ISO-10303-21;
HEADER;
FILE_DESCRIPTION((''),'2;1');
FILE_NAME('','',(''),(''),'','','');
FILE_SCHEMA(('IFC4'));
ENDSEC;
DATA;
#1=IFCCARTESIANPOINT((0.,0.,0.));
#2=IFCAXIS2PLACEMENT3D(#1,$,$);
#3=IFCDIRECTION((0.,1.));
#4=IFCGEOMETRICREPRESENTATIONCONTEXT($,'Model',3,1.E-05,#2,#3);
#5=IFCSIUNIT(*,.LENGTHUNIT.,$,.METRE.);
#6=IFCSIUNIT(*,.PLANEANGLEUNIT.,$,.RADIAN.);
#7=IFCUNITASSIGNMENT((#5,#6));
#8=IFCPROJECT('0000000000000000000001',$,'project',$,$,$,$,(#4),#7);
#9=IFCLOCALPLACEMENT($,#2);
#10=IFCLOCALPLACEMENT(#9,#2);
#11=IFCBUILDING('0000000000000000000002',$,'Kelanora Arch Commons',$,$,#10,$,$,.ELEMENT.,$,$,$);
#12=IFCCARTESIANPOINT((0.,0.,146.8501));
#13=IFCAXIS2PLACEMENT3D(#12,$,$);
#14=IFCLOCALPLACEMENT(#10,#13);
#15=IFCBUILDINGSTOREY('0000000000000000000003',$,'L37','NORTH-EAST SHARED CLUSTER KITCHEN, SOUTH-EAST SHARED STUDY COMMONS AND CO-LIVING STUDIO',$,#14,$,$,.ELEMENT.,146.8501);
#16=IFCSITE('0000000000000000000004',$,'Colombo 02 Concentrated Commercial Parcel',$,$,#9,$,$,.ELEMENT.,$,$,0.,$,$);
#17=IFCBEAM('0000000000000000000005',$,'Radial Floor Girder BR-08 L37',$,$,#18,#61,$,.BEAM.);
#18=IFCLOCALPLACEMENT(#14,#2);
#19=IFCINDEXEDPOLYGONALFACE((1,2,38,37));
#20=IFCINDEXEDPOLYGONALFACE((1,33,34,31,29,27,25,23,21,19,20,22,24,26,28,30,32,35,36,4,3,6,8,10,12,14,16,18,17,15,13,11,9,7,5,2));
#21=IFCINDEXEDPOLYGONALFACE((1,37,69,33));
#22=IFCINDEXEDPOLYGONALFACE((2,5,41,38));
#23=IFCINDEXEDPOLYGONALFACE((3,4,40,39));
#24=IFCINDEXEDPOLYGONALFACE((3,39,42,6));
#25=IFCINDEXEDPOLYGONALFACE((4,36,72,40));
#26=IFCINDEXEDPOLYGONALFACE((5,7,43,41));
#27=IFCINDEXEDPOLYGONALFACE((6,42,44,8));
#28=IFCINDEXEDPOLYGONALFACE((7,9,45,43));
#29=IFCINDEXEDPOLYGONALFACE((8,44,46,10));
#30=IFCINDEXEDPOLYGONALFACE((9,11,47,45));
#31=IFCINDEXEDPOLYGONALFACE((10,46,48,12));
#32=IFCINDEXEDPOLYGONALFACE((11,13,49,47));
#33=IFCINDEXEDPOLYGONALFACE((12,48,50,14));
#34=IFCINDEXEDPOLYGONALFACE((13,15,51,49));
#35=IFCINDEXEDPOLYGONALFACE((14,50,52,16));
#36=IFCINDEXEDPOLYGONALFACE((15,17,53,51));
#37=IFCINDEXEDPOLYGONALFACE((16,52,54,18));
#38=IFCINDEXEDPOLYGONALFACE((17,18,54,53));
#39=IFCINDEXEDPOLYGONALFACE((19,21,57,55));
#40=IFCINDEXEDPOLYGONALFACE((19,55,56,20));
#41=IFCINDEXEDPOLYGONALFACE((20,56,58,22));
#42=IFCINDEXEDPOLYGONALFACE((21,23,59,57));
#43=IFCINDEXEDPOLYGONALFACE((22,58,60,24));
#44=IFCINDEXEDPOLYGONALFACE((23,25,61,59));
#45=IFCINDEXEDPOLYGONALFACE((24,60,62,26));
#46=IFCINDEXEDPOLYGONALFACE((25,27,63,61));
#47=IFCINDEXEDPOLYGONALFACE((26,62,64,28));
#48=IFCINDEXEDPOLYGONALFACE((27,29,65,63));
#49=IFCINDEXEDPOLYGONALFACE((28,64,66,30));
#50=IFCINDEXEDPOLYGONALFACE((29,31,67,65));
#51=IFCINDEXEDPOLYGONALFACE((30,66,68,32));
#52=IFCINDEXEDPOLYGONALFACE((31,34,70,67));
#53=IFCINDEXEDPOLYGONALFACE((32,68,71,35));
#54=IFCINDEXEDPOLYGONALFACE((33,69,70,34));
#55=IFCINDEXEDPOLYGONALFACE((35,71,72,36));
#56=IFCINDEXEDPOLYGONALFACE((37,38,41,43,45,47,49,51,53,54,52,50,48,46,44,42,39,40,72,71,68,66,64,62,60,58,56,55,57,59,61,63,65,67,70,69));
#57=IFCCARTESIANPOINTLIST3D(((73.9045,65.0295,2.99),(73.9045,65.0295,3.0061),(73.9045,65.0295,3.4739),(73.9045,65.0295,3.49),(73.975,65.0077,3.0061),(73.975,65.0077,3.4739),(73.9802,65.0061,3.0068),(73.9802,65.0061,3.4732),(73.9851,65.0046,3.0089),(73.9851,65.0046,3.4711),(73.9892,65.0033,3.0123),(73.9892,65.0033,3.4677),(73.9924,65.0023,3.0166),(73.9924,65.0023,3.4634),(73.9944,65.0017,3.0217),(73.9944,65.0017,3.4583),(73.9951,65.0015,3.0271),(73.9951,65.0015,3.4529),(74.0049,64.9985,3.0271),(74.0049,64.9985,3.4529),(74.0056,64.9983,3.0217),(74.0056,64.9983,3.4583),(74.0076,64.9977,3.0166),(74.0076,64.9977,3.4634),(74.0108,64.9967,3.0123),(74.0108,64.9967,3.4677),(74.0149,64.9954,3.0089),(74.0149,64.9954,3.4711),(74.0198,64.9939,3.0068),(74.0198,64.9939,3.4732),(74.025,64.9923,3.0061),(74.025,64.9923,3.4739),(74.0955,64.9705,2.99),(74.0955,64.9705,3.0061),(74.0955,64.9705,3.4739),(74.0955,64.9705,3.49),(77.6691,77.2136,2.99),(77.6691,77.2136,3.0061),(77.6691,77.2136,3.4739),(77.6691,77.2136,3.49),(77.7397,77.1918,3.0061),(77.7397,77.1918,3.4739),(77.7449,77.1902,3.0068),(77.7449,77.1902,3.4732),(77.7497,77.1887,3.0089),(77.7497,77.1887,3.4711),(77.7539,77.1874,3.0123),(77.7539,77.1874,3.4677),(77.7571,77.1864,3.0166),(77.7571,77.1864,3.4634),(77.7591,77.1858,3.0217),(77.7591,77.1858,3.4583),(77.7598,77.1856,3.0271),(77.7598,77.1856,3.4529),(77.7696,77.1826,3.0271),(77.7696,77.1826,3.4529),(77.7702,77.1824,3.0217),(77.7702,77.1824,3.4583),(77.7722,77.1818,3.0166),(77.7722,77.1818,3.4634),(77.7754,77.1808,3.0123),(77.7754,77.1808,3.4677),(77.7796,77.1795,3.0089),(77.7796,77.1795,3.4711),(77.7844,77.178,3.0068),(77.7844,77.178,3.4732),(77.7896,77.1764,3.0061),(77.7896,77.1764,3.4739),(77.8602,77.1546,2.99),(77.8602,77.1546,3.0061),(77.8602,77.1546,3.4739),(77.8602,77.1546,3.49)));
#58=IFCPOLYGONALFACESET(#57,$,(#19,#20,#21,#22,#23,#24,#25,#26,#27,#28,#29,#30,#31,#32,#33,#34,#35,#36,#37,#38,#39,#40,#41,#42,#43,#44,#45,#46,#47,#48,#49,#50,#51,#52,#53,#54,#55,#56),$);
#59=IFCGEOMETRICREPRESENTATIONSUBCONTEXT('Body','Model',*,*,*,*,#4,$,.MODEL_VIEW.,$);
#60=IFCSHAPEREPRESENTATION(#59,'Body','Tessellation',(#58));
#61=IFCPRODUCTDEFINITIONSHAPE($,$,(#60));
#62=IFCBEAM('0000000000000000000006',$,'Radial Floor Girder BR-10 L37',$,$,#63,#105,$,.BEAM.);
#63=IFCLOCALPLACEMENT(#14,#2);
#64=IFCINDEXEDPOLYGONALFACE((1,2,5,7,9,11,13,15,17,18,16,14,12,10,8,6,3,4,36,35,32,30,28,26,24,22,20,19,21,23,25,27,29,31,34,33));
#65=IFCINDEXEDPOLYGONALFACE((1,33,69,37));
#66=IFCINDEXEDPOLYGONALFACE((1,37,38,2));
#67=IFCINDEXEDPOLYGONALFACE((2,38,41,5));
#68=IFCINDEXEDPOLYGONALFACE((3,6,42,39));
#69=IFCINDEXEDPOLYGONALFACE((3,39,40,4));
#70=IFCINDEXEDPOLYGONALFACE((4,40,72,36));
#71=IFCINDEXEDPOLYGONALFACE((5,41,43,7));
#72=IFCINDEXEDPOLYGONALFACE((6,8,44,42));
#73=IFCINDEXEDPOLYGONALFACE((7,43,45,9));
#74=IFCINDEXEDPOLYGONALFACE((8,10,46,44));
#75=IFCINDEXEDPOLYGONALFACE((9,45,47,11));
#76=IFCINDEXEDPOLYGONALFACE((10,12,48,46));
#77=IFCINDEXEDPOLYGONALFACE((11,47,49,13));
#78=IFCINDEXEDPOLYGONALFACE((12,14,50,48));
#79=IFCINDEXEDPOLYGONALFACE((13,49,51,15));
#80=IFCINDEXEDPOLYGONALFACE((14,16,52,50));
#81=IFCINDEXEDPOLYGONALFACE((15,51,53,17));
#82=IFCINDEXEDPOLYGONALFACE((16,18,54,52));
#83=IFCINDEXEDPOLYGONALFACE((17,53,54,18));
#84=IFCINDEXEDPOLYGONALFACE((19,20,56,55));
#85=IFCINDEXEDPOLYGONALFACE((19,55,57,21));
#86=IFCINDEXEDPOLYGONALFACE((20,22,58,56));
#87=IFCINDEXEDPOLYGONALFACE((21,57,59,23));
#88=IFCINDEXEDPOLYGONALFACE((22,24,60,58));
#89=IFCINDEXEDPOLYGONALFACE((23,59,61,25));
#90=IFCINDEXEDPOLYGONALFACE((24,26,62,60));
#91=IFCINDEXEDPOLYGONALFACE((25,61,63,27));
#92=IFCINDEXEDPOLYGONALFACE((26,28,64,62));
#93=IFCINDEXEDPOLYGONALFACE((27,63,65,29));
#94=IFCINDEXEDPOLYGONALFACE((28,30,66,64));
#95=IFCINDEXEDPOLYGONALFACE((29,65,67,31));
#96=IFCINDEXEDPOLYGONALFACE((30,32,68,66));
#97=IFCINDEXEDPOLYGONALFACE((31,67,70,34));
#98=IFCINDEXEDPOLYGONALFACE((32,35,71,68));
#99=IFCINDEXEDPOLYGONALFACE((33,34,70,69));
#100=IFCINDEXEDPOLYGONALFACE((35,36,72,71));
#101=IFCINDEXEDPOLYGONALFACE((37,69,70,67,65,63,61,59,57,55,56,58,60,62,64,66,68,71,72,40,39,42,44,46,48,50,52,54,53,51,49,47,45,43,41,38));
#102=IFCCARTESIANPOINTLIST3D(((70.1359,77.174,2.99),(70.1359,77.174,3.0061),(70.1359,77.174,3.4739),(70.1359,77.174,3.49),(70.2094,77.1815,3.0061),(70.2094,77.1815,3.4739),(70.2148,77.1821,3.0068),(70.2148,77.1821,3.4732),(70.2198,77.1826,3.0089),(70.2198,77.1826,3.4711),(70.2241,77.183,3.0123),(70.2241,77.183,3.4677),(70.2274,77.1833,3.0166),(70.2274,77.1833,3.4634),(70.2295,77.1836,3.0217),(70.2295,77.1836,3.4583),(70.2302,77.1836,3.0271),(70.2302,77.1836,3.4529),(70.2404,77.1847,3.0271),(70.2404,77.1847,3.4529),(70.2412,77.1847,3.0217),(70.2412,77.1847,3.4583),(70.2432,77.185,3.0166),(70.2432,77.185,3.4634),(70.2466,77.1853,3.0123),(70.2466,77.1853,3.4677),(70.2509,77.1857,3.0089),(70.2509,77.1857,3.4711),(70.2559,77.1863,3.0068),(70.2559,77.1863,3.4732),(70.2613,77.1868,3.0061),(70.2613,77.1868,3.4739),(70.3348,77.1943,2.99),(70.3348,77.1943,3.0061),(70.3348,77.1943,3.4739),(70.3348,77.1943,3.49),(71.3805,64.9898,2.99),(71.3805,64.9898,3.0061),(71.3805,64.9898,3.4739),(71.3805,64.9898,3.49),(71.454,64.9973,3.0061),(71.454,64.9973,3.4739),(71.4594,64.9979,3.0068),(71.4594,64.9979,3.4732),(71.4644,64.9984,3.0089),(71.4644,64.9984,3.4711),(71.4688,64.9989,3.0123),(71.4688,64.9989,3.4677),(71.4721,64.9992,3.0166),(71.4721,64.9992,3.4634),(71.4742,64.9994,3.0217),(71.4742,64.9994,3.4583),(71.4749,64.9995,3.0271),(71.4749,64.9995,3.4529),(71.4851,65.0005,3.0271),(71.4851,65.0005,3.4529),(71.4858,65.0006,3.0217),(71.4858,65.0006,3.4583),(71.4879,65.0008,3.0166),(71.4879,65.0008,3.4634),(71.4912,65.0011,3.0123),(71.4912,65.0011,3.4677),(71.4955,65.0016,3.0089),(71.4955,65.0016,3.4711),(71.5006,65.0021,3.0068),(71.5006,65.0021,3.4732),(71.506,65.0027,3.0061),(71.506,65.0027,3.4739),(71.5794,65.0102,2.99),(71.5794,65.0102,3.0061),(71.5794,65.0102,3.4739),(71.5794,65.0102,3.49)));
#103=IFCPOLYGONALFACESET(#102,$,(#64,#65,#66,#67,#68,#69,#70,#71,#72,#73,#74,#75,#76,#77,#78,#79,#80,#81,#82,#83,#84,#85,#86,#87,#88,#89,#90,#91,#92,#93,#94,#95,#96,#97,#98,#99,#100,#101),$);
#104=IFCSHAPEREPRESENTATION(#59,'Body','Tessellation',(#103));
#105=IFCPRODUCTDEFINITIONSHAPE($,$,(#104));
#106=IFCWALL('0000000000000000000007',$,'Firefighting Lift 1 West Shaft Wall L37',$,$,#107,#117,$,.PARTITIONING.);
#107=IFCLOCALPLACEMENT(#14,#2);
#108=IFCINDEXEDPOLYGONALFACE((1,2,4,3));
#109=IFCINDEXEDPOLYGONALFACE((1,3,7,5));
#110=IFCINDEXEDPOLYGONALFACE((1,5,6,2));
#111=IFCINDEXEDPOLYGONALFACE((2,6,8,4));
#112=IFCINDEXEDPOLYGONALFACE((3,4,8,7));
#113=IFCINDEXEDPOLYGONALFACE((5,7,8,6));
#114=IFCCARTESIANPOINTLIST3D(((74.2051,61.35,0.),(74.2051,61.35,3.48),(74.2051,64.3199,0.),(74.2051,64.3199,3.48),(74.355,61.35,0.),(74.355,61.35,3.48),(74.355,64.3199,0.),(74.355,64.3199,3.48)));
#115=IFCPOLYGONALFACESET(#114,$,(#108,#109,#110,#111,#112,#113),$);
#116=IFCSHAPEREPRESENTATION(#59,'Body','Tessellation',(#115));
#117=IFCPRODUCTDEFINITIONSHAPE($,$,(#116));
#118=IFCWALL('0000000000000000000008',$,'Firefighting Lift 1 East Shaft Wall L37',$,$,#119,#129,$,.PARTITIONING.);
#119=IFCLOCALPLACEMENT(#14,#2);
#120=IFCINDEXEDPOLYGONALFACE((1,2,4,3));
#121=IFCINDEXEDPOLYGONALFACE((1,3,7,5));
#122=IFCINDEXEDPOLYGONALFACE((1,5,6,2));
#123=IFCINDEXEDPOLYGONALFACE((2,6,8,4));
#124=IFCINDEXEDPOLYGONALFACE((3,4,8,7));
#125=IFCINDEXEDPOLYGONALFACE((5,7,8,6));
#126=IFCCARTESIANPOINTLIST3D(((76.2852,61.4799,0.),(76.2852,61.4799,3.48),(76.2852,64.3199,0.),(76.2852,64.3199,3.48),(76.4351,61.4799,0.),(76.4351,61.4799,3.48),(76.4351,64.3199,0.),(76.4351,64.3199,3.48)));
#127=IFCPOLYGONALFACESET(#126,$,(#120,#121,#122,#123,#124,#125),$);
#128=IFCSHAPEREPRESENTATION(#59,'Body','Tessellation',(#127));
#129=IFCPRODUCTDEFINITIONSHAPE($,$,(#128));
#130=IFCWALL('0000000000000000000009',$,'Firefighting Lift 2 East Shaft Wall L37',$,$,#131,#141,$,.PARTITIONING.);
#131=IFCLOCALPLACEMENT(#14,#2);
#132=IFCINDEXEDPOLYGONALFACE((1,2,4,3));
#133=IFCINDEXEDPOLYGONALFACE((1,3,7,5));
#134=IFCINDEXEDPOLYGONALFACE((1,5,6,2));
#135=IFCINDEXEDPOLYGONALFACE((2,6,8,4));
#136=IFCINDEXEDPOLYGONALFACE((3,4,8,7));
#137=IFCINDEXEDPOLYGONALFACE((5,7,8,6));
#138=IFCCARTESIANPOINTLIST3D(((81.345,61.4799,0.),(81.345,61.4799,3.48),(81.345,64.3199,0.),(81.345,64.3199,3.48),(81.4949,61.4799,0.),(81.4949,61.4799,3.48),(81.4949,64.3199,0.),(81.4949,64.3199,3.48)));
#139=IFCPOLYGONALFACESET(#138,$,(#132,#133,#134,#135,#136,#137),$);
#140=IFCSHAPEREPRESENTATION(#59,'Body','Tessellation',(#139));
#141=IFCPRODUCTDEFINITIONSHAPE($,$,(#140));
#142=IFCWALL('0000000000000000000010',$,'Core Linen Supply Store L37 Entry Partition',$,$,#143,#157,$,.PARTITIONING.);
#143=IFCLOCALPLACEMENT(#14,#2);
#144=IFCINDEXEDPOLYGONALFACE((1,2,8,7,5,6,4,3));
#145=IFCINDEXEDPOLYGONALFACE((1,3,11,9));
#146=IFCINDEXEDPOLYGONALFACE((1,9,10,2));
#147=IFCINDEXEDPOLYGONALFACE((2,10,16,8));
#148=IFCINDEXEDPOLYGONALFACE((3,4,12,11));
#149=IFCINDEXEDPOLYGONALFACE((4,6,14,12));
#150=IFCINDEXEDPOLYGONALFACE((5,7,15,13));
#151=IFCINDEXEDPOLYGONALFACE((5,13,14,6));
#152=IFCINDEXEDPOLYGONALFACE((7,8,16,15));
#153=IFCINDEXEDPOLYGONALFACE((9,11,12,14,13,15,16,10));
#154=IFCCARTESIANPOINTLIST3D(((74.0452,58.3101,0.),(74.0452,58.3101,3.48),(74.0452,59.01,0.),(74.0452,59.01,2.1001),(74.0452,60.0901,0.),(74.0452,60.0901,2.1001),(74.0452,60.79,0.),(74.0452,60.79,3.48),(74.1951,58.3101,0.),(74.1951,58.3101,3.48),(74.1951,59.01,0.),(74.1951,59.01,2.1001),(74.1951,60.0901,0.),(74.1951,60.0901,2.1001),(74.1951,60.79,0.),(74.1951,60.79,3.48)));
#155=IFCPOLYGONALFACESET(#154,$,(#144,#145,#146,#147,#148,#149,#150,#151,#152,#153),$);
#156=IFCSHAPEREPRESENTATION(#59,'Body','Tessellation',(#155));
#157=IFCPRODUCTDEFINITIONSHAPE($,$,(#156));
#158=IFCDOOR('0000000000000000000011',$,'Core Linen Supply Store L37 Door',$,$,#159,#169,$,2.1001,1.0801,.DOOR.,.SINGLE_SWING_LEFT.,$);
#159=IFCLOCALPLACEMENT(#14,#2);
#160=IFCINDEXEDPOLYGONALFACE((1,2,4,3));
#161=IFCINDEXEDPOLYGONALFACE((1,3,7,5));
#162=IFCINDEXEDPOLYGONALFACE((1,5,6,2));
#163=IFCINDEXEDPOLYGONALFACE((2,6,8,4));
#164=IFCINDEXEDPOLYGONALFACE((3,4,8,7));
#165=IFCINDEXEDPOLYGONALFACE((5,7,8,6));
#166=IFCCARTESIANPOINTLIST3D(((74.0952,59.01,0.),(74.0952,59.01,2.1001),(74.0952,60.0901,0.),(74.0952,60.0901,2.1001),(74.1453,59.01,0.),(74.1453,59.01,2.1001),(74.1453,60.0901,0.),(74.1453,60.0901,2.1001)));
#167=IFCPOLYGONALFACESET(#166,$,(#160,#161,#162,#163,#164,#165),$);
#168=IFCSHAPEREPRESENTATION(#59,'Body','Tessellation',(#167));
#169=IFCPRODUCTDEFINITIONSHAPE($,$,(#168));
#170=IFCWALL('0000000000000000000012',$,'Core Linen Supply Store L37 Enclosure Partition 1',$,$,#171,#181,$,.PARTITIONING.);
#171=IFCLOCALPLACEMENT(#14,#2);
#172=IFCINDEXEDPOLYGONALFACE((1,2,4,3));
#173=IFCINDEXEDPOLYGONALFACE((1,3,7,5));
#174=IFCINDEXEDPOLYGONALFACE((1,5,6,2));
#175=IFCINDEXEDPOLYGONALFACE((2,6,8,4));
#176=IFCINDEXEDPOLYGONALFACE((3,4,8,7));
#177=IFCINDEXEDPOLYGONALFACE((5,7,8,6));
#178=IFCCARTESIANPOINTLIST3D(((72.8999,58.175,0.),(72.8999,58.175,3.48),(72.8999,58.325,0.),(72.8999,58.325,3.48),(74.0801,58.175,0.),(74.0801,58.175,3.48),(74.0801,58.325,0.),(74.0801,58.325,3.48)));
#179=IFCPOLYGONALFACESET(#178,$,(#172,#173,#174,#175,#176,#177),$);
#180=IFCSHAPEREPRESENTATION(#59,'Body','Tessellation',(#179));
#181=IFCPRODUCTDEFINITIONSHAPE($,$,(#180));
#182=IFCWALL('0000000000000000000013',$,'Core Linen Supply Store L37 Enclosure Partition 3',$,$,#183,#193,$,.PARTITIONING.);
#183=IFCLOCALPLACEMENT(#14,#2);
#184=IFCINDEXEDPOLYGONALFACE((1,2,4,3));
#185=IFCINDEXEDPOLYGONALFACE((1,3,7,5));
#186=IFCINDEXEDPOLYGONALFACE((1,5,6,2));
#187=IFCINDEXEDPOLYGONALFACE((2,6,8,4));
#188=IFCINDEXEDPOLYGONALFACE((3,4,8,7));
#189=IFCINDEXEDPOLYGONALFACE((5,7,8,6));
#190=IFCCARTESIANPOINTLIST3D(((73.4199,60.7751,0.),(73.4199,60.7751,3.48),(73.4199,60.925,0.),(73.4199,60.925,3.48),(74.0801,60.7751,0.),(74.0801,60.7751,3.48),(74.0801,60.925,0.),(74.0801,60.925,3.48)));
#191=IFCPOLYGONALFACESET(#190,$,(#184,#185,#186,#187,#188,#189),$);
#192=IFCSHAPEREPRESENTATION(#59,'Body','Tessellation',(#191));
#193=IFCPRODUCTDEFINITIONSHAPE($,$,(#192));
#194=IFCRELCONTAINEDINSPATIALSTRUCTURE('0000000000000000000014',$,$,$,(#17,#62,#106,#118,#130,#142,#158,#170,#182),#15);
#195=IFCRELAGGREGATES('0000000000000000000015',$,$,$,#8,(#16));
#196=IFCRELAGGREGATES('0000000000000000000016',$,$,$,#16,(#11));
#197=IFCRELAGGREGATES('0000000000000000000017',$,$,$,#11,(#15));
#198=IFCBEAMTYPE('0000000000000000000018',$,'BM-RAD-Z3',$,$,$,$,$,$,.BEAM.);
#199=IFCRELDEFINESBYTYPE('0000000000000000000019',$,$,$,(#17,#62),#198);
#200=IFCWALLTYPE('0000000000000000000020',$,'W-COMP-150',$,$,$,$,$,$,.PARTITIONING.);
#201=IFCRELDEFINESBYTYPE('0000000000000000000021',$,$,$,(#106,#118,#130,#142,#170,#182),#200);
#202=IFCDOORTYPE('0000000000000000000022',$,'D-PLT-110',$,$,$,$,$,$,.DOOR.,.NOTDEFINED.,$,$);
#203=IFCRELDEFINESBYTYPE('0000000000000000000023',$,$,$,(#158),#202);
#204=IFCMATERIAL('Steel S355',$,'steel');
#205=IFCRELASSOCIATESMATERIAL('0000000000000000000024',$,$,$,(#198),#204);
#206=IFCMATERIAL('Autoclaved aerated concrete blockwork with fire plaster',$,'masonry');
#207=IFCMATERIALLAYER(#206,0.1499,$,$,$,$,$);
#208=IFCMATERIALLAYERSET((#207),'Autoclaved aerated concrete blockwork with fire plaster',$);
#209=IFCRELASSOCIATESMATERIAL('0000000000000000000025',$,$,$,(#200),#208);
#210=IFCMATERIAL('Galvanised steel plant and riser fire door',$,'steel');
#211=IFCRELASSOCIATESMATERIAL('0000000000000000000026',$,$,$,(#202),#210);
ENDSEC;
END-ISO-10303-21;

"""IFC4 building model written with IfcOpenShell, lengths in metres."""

from ifc_helpers import new_model, si_unit, direction, frame, frame_2d, origin, origin_2d, place, context, subcontext, project, spatial, rectangle, i_section, extrude, material, layer, layer_set, material_profile, profile_set, type_object, element, fill, save


model = new_model("IFC4")

# Units and contexts
model_context = context("Model", 3, precision=1e-05, world=origin(), true_north=direction((0.0, 1.0)))
body_context = subcontext(model_context, "Body", "Model", "MODEL_VIEW")
ifc_project = project(units=[si_unit("LENGTHUNIT", "METRE"), si_unit("PLANEANGLEUNIT", "RADIAN")], contexts=[model_context])

# Site, building, storey
site_placement = place(None, origin())
site = spatial("IfcSite", under=ifc_project, at=site_placement, Name="Colombo 02 Concentrated Commercial Parcel", CompositionType="ELEMENT", RefElevation=0.0)
building_placement = place(site_placement, origin())
building = spatial("IfcBuilding", under=site, at=building_placement, Name="Kelanora Arch Commons", CompositionType="ELEMENT")
storey_placement = place(building_placement, frame((0.0, 0.0, 146.8501)))
storey = spatial("IfcBuildingStorey", under=building, at=storey_placement, Name="L37", Description="NORTH-EAST SHARED CLUSTER KITCHEN, SOUTH-EAST SHARED STUDY COMMONS AND CO-LIVING STUDIO", CompositionType="ELEMENT", Elevation=146.8501)

# Beams
ifc_material_1 = material(Name="Steel S355", Category="steel")
ifc_material_profile_1 = material_profile(ifc_material_1, i_section(OverallWidth=0.2, OverallDepth=0.5, WebThickness=0.0103, FlangeThickness=0.0161, FilletRadius=0.021, at=origin_2d()), Name="IPE500")
ifc_profile_set_1 = profile_set([ifc_material_profile_1], Name="Steel S355")
beam_type_1 = type_object("IfcBeamType", Name="BM-RAD-Z3", PredefinedType="BEAM", material=ifc_profile_set_1)
beam_1_placement = place(storey_placement, frame((74.0, 65.0, 3.24), z_axis=(0.29521, 0.955432, 0.0), x_axis=(-0.955432, 0.29521, 0.0)))
element("IfcBeam", 1, at=beam_1_placement, inside=storey, type_object=beam_type_1, Name="Radial Floor Girder BR-08 L37", PredefinedType="BEAM", context=body_context, shape_type="SweptSolid", body=[
    extrude(i_section(OverallWidth=0.2, OverallDepth=0.5, WebThickness=0.0103, FlangeThickness=0.0161, FilletRadius=0.021, at=origin_2d()), origin(), (0.0, 0.0, 1.0), 12.7524),
])
beam_2_placement = place(storey_placement, frame((71.48, 65.0, 3.24), z_axis=(-0.101623, 0.994823, 0.0), x_axis=(-0.994823, -0.101623, 0.0)))
element("IfcBeam", 2, at=beam_2_placement, inside=storey, type_object=beam_type_1, Name="Radial Floor Girder BR-10 L37", PredefinedType="BEAM", context=body_context, shape_type="SweptSolid", body=[
    extrude(i_section(OverallWidth=0.2, OverallDepth=0.5, WebThickness=0.0103, FlangeThickness=0.0161, FilletRadius=0.021, at=origin_2d()), origin(), (0.0, 0.0, 1.0), 12.2476),
])

# Walls
ifc_material_2 = material(Name="Autoclaved aerated concrete blockwork with fire plaster", Category="masonry")
ifc_layer_1 = layer(ifc_material_2, 0.1499)
ifc_layer_set_1 = layer_set([ifc_layer_1], Name="Autoclaved aerated concrete blockwork with fire plaster")
wall_type_1 = type_object("IfcWallType", Name="W-COMP-150", PredefinedType="PARTITIONING", material=ifc_layer_set_1)
wall_1_placement = place(storey_placement, frame((74.28, 61.3501, 0.0), z_axis=(0.0, 0.0, 1.0), x_axis=(0.0, 1.0, 0.0)))
element("IfcWall", 3, at=wall_1_placement, inside=storey, type_object=wall_type_1, Name="Firefighting Lift 1 West Shaft Wall L37", PredefinedType="PARTITIONING", context=body_context, shape_type="SweptSolid", body=[
    extrude(rectangle(XDim=2.97, YDim=0.1499, at=frame_2d((1.4849, 0.0))), origin(), (0.0, 0.0, 1.0), 3.48),
])
for number, where, z_axis, x_axis, name in (
    (4, (76.3601, 61.48, 0.0), (0.0, 0.0, 1.0), (0.0, 1.0, 0.0), "Firefighting Lift 1 East Shaft Wall L37"),
    (5, (81.4199, 61.48, 0.0), (0.0, 0.0, 1.0), (0.0, 1.0, 0.0), "Firefighting Lift 2 East Shaft Wall L37"),
):
    element("IfcWall", number, at=place(storey_placement, frame(where, z_axis=z_axis, x_axis=x_axis)), inside=storey, type_object=wall_type_1, Name=name, PredefinedType="PARTITIONING", context=body_context, shape_type="SweptSolid", body=[
        extrude(rectangle(XDim=2.8401, YDim=0.1499, at=frame_2d((1.4199, 0.0))), origin(), (0.0, 0.0, 1.0), 3.48),
    ])

# Wall, opening, door
wall_2_placement = place(storey_placement, frame((74.1201, 58.3101, 0.0), z_axis=(0.0, 0.0, 1.0), x_axis=(0.0, 1.0, 0.0)))
wall_2 = element("IfcWall", 6, at=wall_2_placement, inside=storey, type_object=wall_type_1, Name="Core Linen Supply Store L37 Entry Partition", PredefinedType="PARTITIONING", context=body_context, shape_type="SweptSolid", body=[
    extrude(rectangle(XDim=2.48, YDim=0.1499, at=frame_2d((1.24, 0.0))), origin(), (0.0, 0.0, 1.0), 3.48),
])
opening_1_placement = place(wall_2_placement, frame((0.7, 0.0, 0.0)))
opening_1 = element("IfcOpeningElement", 7, at=opening_1_placement, cuts=wall_2, PredefinedType="OPENING", context=body_context, shape_type="SweptSolid", body=[
    extrude(rectangle(XDim=1.0801, YDim=2.1001, at=frame_2d((0.54, 1.05))), frame((0.0, 0.085, 0.0), z_axis=(0.0, -1.0, 0.0), x_axis=(1.0, 0.0, 0.0)), (0.0, 0.0, 1.0), 0.1699),
])
ifc_material_3 = material(Name="Galvanised steel plant and riser fire door", Category="steel")
door_type_1 = type_object("IfcDoorType", Name="D-PLT-110", OperationType="NOTDEFINED", PredefinedType="DOOR", material=ifc_material_3)
door_1_placement = place(opening_1_placement, origin())
door_1 = element("IfcDoor", 8, at=door_1_placement, inside=storey, type_object=door_type_1, Name="Core Linen Supply Store L37 Door", OperationType="SINGLE_SWING_LEFT", OverallHeight=2.1001, OverallWidth=1.0801, PredefinedType="DOOR", context=body_context, shape_type="SweptSolid", body=[
    extrude(rectangle(XDim=1.0801, YDim=2.1001, at=frame_2d((0.54, 1.05))), frame((0.0, 0.0249, 0.0), z_axis=(0.0, -1.0, 0.0), x_axis=(1.0, 0.0, 0.0)), (0.0, 0.0, 1.0), 0.05),
])
fill(opening_1, door_1)

# Walls
wall_3_placement = place(storey_placement, frame((72.8999, 58.25, 0.0), z_axis=(0.0, 0.0, 1.0), x_axis=(1.0, 0.0, 0.0)))
element("IfcWall", 9, at=wall_3_placement, inside=storey, type_object=wall_type_1, Name="Core Linen Supply Store L37 Enclosure Partition 1", PredefinedType="PARTITIONING", context=body_context, shape_type="SweptSolid", body=[
    extrude(rectangle(XDim=1.1802, YDim=0.1499, at=frame_2d((0.5901, 0.0))), origin(), (0.0, 0.0, 1.0), 3.48),
])
wall_4_placement = place(storey_placement, frame((74.0801, 60.8501, 0.0), z_axis=(0.0, 0.0, 1.0), x_axis=(-1.0, 0.0, 0.0)))
element("IfcWall", 10, at=wall_4_placement, inside=storey, type_object=wall_type_1, Name="Core Linen Supply Store L37 Enclosure Partition 3", PredefinedType="PARTITIONING", context=body_context, shape_type="SweptSolid", body=[
    extrude(rectangle(XDim=0.6602, YDim=0.1499, at=frame_2d((0.3301, 0.0))), origin(), (0.0, 0.0, 1.0), 3.48),
])

save(model, "model.ifc")
